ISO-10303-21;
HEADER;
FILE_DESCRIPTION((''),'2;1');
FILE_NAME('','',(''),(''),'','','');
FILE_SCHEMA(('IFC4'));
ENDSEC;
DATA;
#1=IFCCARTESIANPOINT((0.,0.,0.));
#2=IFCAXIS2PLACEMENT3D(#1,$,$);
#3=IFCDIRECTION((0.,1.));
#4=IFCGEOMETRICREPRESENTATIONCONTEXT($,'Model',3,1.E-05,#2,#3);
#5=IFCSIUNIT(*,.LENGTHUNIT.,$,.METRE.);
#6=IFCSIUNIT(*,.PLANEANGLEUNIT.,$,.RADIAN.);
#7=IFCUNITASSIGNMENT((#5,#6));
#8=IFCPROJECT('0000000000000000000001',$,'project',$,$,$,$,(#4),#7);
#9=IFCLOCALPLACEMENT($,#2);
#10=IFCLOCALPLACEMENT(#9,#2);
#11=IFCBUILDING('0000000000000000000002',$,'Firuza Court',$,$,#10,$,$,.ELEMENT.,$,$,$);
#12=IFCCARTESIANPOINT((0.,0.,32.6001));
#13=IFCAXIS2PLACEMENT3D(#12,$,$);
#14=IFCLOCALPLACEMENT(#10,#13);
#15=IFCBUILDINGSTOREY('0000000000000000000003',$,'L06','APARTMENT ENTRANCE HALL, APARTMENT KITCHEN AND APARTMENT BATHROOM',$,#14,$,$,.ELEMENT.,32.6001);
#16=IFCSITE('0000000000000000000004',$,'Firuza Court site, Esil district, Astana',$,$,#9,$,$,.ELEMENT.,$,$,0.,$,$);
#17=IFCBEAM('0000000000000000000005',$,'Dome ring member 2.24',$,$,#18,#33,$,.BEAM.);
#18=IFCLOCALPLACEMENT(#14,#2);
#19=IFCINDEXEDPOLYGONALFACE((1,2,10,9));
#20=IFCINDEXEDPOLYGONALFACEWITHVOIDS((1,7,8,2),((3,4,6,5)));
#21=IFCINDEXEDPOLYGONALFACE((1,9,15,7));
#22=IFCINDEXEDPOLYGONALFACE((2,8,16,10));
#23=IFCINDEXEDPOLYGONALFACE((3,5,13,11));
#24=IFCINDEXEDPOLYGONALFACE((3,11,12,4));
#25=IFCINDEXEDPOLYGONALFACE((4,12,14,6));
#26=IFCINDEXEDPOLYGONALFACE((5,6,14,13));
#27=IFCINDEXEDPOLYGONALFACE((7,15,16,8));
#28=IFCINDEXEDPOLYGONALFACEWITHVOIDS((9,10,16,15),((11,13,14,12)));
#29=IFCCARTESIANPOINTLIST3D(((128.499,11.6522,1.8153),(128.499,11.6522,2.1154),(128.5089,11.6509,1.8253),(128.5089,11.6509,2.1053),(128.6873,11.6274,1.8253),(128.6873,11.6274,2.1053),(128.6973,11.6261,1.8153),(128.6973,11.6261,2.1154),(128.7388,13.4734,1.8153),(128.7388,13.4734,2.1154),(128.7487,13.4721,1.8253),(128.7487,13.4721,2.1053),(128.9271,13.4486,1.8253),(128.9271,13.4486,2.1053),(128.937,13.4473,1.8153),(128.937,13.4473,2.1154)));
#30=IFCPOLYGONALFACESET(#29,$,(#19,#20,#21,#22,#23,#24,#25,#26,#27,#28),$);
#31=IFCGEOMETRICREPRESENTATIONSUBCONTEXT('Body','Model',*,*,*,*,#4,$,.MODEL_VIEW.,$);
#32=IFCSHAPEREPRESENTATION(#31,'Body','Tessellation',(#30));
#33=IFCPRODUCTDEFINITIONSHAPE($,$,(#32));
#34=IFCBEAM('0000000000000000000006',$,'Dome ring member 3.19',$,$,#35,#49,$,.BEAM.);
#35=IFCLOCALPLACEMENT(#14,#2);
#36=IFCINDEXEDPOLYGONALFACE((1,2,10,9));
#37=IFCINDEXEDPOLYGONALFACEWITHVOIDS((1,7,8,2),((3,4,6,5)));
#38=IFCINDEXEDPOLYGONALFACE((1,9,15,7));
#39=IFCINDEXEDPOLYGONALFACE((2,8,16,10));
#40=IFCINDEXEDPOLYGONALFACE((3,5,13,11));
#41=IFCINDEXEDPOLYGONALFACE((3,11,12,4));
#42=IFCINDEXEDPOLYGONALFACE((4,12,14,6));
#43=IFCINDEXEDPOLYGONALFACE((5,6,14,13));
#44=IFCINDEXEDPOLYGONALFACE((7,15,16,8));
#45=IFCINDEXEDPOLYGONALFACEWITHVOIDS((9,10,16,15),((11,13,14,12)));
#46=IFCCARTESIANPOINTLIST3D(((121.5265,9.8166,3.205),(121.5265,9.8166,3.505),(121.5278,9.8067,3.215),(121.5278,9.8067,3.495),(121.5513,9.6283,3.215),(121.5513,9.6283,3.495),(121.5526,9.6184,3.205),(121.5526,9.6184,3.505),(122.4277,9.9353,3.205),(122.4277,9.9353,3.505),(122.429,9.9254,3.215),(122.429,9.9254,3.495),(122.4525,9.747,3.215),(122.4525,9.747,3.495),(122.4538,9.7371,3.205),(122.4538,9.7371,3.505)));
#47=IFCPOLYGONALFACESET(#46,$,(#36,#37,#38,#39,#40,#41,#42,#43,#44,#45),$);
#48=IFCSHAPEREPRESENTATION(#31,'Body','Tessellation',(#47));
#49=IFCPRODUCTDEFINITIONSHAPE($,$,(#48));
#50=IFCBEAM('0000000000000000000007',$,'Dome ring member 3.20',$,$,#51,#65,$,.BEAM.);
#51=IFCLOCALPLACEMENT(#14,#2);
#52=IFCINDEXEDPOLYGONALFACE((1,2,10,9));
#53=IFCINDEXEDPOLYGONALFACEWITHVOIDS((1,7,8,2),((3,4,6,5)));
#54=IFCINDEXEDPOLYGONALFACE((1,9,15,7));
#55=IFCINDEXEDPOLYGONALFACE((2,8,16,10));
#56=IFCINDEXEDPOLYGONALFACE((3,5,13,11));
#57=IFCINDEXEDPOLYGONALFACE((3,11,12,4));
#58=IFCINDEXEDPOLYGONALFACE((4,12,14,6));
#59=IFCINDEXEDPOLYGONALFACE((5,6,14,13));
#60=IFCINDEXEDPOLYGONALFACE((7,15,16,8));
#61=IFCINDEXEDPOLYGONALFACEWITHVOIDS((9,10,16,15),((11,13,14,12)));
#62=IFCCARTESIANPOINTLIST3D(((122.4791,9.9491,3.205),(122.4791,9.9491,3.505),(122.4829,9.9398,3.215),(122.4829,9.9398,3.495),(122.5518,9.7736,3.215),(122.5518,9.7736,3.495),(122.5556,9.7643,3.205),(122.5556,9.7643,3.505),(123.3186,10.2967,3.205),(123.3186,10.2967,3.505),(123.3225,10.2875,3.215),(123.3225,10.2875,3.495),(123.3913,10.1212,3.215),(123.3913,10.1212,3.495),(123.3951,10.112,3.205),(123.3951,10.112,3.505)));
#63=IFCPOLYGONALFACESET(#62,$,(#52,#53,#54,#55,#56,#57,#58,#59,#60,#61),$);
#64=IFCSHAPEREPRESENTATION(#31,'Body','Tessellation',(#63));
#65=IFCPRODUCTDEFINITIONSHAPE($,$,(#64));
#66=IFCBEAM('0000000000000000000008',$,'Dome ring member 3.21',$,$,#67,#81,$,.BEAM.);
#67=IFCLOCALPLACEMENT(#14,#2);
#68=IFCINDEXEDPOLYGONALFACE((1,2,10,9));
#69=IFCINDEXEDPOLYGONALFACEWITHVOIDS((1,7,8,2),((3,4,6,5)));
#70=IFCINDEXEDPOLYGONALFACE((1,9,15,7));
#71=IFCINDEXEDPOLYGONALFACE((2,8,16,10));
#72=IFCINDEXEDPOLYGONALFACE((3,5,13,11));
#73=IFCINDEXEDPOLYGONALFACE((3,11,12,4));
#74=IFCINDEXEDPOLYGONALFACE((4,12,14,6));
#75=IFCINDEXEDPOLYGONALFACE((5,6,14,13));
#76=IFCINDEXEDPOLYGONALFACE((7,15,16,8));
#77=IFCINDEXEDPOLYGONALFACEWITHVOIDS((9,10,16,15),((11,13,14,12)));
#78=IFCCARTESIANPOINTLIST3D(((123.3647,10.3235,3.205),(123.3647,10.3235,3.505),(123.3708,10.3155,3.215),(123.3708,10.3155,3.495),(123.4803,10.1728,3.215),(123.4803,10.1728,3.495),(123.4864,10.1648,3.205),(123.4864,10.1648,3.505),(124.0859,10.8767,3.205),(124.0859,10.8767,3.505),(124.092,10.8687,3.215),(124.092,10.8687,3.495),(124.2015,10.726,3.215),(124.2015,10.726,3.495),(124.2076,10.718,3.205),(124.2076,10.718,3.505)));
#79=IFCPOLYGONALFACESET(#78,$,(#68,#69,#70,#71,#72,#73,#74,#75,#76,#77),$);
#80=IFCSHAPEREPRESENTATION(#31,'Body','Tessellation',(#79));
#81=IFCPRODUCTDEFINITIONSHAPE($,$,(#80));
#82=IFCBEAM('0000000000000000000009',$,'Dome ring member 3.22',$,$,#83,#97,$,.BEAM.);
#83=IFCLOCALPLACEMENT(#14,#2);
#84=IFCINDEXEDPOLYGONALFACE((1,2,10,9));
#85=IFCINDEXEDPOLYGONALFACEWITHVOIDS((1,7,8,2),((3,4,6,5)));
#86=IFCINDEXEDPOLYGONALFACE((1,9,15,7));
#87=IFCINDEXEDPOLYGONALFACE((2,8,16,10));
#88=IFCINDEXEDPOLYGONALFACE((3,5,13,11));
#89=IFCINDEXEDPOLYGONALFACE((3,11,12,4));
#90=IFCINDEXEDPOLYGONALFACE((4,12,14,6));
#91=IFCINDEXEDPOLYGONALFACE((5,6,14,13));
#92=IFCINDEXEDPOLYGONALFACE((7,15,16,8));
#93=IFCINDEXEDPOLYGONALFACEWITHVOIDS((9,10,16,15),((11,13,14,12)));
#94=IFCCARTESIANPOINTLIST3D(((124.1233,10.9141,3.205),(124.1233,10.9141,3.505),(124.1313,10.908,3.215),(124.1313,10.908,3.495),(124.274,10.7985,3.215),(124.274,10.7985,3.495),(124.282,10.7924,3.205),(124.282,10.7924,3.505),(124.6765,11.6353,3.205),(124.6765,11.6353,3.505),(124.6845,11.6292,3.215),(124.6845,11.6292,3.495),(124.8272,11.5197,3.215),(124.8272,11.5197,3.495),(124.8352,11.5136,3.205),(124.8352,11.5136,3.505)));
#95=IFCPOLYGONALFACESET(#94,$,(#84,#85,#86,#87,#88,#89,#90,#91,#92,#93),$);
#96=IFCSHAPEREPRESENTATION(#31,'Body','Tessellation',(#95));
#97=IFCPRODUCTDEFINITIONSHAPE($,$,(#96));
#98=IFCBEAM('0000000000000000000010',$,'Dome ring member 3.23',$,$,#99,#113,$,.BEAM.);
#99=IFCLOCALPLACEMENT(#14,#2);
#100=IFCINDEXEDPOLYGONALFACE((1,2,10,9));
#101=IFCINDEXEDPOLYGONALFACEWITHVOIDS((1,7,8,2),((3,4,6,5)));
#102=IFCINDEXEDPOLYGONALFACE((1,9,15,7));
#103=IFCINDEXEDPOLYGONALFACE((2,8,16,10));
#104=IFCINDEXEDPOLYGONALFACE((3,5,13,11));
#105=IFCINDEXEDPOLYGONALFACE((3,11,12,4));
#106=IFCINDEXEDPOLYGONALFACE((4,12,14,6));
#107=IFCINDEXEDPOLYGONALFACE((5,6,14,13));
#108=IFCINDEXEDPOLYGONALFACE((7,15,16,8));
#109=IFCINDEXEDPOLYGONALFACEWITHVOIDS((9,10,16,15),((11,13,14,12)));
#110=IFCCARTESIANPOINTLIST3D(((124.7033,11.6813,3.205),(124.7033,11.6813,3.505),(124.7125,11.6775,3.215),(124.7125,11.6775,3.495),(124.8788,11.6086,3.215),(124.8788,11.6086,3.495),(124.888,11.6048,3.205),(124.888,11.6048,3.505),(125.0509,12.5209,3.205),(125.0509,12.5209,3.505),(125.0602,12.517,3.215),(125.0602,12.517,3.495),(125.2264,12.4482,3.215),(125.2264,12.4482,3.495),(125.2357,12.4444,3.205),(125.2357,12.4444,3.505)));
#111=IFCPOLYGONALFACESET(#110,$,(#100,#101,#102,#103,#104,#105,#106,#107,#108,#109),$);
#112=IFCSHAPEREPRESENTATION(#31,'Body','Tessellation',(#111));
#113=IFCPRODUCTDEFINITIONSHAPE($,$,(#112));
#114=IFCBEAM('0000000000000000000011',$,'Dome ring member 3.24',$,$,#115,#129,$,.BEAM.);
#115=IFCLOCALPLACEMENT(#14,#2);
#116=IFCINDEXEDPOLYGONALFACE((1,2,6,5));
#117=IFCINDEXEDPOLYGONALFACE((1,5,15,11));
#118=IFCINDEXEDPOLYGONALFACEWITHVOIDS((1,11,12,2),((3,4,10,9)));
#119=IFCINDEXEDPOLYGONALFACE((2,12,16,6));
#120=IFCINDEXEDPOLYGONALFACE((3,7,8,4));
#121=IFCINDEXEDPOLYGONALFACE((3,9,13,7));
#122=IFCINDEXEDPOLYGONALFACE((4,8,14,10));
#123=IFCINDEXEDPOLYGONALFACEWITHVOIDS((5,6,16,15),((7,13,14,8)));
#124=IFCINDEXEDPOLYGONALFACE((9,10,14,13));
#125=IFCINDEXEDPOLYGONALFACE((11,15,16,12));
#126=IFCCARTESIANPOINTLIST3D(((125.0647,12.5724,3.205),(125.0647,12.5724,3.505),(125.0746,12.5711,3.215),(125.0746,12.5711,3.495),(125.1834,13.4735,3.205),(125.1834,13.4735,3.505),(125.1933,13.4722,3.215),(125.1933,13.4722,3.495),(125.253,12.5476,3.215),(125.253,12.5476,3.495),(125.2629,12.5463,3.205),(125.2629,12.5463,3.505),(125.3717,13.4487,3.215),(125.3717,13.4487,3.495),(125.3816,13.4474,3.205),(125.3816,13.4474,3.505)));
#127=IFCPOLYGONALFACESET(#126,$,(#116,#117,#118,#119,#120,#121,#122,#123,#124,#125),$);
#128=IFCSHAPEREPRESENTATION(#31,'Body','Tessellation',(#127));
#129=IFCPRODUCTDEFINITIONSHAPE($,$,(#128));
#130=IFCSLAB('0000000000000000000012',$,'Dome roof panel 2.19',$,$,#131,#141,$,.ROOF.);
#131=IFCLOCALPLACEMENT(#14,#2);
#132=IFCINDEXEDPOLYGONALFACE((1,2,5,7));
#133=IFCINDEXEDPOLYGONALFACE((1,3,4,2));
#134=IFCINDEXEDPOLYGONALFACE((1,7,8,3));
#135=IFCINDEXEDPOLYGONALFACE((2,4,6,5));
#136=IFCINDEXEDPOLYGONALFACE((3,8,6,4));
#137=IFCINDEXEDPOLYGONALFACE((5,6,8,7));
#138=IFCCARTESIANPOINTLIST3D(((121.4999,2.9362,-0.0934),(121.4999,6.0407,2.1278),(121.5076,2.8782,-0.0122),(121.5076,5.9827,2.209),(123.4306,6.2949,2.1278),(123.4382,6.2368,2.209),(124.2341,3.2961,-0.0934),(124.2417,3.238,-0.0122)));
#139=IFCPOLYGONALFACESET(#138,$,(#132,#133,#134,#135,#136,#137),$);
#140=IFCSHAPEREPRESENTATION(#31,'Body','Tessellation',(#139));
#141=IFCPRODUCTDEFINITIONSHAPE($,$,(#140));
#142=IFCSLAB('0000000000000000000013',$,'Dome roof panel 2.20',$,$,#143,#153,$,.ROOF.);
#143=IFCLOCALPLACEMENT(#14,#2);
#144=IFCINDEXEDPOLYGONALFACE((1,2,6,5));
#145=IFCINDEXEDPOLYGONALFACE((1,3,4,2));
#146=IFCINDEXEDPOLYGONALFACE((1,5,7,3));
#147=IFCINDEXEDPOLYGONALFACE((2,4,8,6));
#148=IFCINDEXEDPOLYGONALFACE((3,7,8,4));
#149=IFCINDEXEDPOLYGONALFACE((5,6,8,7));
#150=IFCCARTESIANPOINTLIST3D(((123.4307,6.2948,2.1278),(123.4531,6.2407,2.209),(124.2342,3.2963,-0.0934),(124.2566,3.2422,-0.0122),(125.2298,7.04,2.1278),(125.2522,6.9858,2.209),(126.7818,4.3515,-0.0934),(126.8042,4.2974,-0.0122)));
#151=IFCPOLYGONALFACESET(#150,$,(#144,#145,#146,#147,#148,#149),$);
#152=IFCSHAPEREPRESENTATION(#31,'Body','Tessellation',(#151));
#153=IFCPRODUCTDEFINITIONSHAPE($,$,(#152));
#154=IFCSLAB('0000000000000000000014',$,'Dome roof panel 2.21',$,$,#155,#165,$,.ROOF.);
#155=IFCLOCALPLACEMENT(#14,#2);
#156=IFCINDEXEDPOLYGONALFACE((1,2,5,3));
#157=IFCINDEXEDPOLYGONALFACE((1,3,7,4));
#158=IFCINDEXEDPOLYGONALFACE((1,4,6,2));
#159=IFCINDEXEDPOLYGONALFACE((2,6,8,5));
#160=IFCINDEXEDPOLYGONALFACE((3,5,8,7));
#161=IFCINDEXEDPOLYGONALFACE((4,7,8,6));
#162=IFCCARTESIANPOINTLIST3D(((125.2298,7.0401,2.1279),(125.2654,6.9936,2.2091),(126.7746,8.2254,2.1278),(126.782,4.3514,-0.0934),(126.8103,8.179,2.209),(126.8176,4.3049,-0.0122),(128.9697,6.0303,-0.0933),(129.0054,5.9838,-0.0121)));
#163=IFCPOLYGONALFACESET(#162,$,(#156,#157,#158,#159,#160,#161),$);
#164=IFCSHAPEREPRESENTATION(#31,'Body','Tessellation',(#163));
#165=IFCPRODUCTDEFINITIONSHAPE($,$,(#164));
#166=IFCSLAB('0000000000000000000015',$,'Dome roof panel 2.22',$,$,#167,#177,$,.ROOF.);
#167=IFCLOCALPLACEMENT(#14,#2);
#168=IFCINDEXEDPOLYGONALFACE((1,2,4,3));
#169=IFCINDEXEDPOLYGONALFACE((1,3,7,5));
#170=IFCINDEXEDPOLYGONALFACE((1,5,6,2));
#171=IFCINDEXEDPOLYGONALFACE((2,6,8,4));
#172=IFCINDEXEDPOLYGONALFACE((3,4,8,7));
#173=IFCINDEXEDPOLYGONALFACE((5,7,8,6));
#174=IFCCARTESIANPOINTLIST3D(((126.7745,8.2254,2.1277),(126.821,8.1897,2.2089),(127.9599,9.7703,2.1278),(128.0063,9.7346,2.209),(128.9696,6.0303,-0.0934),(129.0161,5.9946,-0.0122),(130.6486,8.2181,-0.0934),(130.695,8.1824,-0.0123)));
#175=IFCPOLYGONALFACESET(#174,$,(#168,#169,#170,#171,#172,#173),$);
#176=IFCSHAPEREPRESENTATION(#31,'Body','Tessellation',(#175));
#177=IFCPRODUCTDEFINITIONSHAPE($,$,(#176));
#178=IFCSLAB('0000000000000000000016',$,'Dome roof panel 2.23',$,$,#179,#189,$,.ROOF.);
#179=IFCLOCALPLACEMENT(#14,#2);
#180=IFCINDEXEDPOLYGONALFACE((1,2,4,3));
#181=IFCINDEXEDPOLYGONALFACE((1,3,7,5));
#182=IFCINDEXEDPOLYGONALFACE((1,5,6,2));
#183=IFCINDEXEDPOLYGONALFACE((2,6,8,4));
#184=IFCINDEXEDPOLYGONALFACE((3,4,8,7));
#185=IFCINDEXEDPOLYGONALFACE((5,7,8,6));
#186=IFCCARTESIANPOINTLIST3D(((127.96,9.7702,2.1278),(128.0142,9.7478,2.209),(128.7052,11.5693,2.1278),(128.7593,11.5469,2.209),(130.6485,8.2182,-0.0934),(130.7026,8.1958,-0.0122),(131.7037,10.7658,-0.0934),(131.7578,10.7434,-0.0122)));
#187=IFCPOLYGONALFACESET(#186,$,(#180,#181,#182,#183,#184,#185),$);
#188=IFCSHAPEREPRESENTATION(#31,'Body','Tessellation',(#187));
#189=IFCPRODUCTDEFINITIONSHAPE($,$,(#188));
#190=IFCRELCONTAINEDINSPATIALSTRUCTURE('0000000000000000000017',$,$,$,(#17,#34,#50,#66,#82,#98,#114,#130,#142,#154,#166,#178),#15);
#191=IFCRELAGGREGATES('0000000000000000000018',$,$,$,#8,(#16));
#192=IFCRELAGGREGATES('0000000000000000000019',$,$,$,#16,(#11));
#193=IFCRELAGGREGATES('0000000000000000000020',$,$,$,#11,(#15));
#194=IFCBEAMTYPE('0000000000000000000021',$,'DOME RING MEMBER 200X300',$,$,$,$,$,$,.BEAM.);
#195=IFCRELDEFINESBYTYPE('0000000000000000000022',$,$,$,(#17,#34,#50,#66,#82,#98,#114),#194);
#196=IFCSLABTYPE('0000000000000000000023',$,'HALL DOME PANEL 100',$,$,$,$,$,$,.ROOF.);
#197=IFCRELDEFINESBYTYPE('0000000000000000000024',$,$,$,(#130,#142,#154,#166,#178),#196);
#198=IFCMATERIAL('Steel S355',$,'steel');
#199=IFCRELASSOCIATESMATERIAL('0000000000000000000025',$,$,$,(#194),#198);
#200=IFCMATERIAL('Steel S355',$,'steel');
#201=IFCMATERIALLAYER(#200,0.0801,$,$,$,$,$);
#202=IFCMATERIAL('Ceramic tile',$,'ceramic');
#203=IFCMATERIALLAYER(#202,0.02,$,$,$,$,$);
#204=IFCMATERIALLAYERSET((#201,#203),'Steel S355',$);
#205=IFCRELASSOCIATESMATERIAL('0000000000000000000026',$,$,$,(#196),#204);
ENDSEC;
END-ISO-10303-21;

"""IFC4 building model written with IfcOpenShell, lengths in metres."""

from ifc_helpers import new_model, si_unit, direction, frame, origin, origin_2d, place, context, subcontext, project, spatial, polyline, hollow_rectangle, outline, extrude, material, layer, layer_set, material_profile, profile_set, type_object, element, save


model = new_model("IFC4")

# Units and contexts
model_context = context("Model", 3, precision=1e-05, world=origin(), true_north=direction((0.0, 1.0)))
body_context = subcontext(model_context, "Body", "Model", "MODEL_VIEW")
ifc_project = project(units=[si_unit("LENGTHUNIT", "METRE"), si_unit("PLANEANGLEUNIT", "RADIAN")], contexts=[model_context])

# Site, building, storey
site_placement = place(None, origin())
site = spatial("IfcSite", under=ifc_project, at=site_placement, Name="Firuza Court site, Esil district, Astana", CompositionType="ELEMENT", RefElevation=0.0)
building_placement = place(site_placement, origin())
building = spatial("IfcBuilding", under=site, at=building_placement, Name="Firuza Court", CompositionType="ELEMENT")
storey_placement = place(building_placement, frame((0.0, 0.0, 32.6001)))
storey = spatial("IfcBuildingStorey", under=building, at=storey_placement, Name="L06", Description="APARTMENT ENTRANCE HALL, APARTMENT KITCHEN AND APARTMENT BATHROOM", CompositionType="ELEMENT", Elevation=32.6001)

# Beams
ifc_material_1 = material(Name="Steel S355", Category="steel")
ifc_material_profile_1 = material_profile(ifc_material_1, hollow_rectangle(XDim=0.2, YDim=0.3, WallThickness=0.01, at=origin_2d()), Name="RHS 300X200X10")
ifc_profile_set_1 = profile_set([ifc_material_profile_1], Name="Steel S355")
beam_type_1 = type_object("IfcBeamType", Name="DOME RING MEMBER 200X300", PredefinedType="BEAM", material=ifc_profile_set_1)
for number, where, z_axis, x_axis, name in (
    (1, (128.5981, 11.6392, 1.9653), (0.13051, 0.991447, 0.0), (-0.991447, 0.13051, 0.0), "Dome ring member 2.24"),
):
    element("IfcBeam", number, at=place(storey_placement, frame(where, z_axis=z_axis, x_axis=x_axis)), inside=storey, type_object=beam_type_1, Name=name, PredefinedType="BEAM", context=body_context, shape_type="SweptSolid", body=[
        extrude(hollow_rectangle(XDim=0.2, YDim=0.3, WallThickness=0.01, at=origin_2d()), origin(), (0.0, 0.0, 1.0), 1.8369),
    ])
beam_1_placement = place(storey_placement, frame((121.5396, 9.7175, 3.355), z_axis=(0.991442, 0.130545, 0.0), x_axis=(-0.130545, 0.991442, 0.0)))
element("IfcBeam", 2, at=beam_1_placement, inside=storey, type_object=beam_type_1, Name="Dome ring member 3.19", PredefinedType="BEAM", context=body_context, shape_type="SweptSolid", body=[
    extrude(hollow_rectangle(XDim=0.2, YDim=0.3, WallThickness=0.01, at=origin_2d()), origin(), (0.0, 0.0, 1.0), 0.9089),
])
beam_2_placement = place(storey_placement, frame((122.5173, 9.8567, 3.355), z_axis=(0.923925, 0.382573, 0.0), x_axis=(-0.382573, 0.923925, 0.0)))
element("IfcBeam", 3, at=beam_2_placement, inside=storey, type_object=beam_type_1, Name="Dome ring member 3.20", PredefinedType="BEAM", context=body_context, shape_type="SweptSolid", body=[
    extrude(hollow_rectangle(XDim=0.2, YDim=0.3, WallThickness=0.01, at=origin_2d()), origin(), (0.0, 0.0, 1.0), 0.9087),
])
for number, where, z_axis, x_axis, name in (
    (4, (123.4255, 10.2441, 3.355), (0.793442, 0.608646, 0.0), (-0.608646, 0.793442, 0.0), "Dome ring member 3.21"),
    (5, (124.2026, 10.8533, 3.355), (0.608646, 0.793442, 0.0), (-0.793442, 0.608646, 0.0), "Dome ring member 3.22"),
):
    element("IfcBeam", number, at=place(storey_placement, frame(where, z_axis=z_axis, x_axis=x_axis)), inside=storey, type_object=beam_type_1, Name=name, PredefinedType="BEAM", context=body_context, shape_type="SweptSolid", body=[
        extrude(hollow_rectangle(XDim=0.2, YDim=0.3, WallThickness=0.01, at=origin_2d()), origin(), (0.0, 0.0, 1.0), 0.9089),
    ])
beam_3_placement = place(storey_placement, frame((124.7957, 11.6431, 3.355), z_axis=(0.382573, 0.923925, 0.0), x_axis=(-0.923925, 0.382573, 0.0)))
element("IfcBeam", 6, at=beam_3_placement, inside=storey, type_object=beam_type_1, Name="Dome ring member 3.23", PredefinedType="BEAM", context=body_context, shape_type="SweptSolid", body=[
    extrude(hollow_rectangle(XDim=0.2, YDim=0.3, WallThickness=0.01, at=origin_2d()), origin(), (0.0, 0.0, 1.0), 0.9087),
])
beam_4_placement = place(storey_placement, frame((125.1638, 12.5593, 3.355), z_axis=(0.130545, 0.991442, 0.0), x_axis=(-0.991442, 0.130545, 0.0)))
element("IfcBeam", 7, at=beam_4_placement, inside=storey, type_object=beam_type_1, Name="Dome ring member 3.24", PredefinedType="BEAM", context=body_context, shape_type="SweptSolid", body=[
    extrude(hollow_rectangle(XDim=0.2, YDim=0.3, WallThickness=0.01, at=origin_2d()), origin(), (0.0, 0.0, 1.0), 0.9089),
])

# Slabs
ifc_material_2 = material(Name="Steel S355", Category="steel")
ifc_layer_1 = layer(ifc_material_2, 0.0801)
ifc_material_3 = material(Name="Ceramic tile", Category="ceramic")
ifc_layer_2 = layer(ifc_material_3, 0.02)
ifc_layer_set = layer_set([ifc_layer_1, ifc_layer_2], Name="Steel S355")
slab_type = type_object("IfcSlabType", Name="HALL DOME PANEL 100", PredefinedType="ROOF", material=ifc_layer_set)
slab_1_placement = place(storey_placement, frame((121.5076, 2.8782, -0.0122), z_axis=(0.076367, -0.580177, 0.810902), x_axis=(0.0, 0.813277, 0.581877)))
element("IfcSlab", 8, at=slab_1_placement, inside=storey, type_object=slab_type, Name="Dome roof panel 2.19", PredefinedType="ROOF", context=body_context, shape_type="SweptSolid", body=[
    extrude(outline(polyline([(0.0, 0.0), (3.8173, 0.0), (4.024, -1.9363), (0.2927, -2.7421), (0.0, 0.0)])), origin(), (0.0, 0.0, -1.0), 0.1001),
])
slab_2_placement = place(storey_placement, frame((124.2566, 3.2422, -0.0122), z_axis=(0.223932, -0.540669, 0.810883), x_axis=(-0.210489, 0.785546, 0.581903)))
element("IfcSlab", 9, at=slab_2_placement, inside=storey, type_object=slab_type, Name="Dome roof panel 2.20", PredefinedType="ROOF", context=body_context, shape_type="SweptSolid", body=[
    extrude(outline(polyline([(0.0, 0.0), (3.8171, 0.0), (4.0238, -1.9363), (0.2926, -2.7419), (0.0, 0.0)])), origin(), (0.0, 0.0, -1.0), 0.1001),
])
slab_3_placement = place(storey_placement, frame((126.8176, 4.3049, -0.0122), z_axis=(0.356248, -0.464258, 0.810896), x_axis=(-0.406618, 0.704326, 0.581882)))
element("IfcSlab", 10, at=slab_3_placement, inside=storey, type_object=slab_type, Name="Dome roof panel 2.21", PredefinedType="ROOF", context=body_context, shape_type="SweptSolid", body=[
    extrude(outline(polyline([(0.0, 0.0), (3.8174, 0.0), (4.024, -1.9362), (0.293, -2.7421), (0.0, 0.0)])), origin(), (0.0, 0.0, -1.0), 0.1001),
])
slab_4_placement = place(storey_placement, frame((129.0161, 5.9946, -0.0122), z_axis=(0.464258, -0.356248, 0.810896), x_axis=(-0.575071, 0.575068, 0.581885)))
element("IfcSlab", 11, at=slab_4_placement, inside=storey, type_object=slab_type, Name="Dome roof panel 2.22", PredefinedType="ROOF", context=body_context, shape_type="SweptSolid", body=[
    extrude(outline(polyline([(0.0, 0.0), (3.8171, 0.0), (4.0239, -1.9362), (0.2926, -2.7422), (0.0, 0.0)])), origin(), (0.0, 0.0, -1.0), 0.1001),
])
slab_5_placement = place(storey_placement, frame((130.7026, 8.1958, -0.0122), z_axis=(0.540669, -0.223932, 0.810883), x_axis=(-0.704324, 0.406592, 0.581902)))
element("IfcSlab", 12, at=slab_5_placement, inside=storey, type_object=slab_type, Name="Dome roof panel 2.23", PredefinedType="ROOF", context=body_context, shape_type="SweptSolid", body=[
    extrude(outline(polyline([(0.0, 0.0), (3.8171, 0.0), (4.0238, -1.9363), (0.2926, -2.7419), (0.0, 0.0)])), origin(), (0.0, 0.0, -1.0), 0.1001),
])

save(model, "model.ifc")
